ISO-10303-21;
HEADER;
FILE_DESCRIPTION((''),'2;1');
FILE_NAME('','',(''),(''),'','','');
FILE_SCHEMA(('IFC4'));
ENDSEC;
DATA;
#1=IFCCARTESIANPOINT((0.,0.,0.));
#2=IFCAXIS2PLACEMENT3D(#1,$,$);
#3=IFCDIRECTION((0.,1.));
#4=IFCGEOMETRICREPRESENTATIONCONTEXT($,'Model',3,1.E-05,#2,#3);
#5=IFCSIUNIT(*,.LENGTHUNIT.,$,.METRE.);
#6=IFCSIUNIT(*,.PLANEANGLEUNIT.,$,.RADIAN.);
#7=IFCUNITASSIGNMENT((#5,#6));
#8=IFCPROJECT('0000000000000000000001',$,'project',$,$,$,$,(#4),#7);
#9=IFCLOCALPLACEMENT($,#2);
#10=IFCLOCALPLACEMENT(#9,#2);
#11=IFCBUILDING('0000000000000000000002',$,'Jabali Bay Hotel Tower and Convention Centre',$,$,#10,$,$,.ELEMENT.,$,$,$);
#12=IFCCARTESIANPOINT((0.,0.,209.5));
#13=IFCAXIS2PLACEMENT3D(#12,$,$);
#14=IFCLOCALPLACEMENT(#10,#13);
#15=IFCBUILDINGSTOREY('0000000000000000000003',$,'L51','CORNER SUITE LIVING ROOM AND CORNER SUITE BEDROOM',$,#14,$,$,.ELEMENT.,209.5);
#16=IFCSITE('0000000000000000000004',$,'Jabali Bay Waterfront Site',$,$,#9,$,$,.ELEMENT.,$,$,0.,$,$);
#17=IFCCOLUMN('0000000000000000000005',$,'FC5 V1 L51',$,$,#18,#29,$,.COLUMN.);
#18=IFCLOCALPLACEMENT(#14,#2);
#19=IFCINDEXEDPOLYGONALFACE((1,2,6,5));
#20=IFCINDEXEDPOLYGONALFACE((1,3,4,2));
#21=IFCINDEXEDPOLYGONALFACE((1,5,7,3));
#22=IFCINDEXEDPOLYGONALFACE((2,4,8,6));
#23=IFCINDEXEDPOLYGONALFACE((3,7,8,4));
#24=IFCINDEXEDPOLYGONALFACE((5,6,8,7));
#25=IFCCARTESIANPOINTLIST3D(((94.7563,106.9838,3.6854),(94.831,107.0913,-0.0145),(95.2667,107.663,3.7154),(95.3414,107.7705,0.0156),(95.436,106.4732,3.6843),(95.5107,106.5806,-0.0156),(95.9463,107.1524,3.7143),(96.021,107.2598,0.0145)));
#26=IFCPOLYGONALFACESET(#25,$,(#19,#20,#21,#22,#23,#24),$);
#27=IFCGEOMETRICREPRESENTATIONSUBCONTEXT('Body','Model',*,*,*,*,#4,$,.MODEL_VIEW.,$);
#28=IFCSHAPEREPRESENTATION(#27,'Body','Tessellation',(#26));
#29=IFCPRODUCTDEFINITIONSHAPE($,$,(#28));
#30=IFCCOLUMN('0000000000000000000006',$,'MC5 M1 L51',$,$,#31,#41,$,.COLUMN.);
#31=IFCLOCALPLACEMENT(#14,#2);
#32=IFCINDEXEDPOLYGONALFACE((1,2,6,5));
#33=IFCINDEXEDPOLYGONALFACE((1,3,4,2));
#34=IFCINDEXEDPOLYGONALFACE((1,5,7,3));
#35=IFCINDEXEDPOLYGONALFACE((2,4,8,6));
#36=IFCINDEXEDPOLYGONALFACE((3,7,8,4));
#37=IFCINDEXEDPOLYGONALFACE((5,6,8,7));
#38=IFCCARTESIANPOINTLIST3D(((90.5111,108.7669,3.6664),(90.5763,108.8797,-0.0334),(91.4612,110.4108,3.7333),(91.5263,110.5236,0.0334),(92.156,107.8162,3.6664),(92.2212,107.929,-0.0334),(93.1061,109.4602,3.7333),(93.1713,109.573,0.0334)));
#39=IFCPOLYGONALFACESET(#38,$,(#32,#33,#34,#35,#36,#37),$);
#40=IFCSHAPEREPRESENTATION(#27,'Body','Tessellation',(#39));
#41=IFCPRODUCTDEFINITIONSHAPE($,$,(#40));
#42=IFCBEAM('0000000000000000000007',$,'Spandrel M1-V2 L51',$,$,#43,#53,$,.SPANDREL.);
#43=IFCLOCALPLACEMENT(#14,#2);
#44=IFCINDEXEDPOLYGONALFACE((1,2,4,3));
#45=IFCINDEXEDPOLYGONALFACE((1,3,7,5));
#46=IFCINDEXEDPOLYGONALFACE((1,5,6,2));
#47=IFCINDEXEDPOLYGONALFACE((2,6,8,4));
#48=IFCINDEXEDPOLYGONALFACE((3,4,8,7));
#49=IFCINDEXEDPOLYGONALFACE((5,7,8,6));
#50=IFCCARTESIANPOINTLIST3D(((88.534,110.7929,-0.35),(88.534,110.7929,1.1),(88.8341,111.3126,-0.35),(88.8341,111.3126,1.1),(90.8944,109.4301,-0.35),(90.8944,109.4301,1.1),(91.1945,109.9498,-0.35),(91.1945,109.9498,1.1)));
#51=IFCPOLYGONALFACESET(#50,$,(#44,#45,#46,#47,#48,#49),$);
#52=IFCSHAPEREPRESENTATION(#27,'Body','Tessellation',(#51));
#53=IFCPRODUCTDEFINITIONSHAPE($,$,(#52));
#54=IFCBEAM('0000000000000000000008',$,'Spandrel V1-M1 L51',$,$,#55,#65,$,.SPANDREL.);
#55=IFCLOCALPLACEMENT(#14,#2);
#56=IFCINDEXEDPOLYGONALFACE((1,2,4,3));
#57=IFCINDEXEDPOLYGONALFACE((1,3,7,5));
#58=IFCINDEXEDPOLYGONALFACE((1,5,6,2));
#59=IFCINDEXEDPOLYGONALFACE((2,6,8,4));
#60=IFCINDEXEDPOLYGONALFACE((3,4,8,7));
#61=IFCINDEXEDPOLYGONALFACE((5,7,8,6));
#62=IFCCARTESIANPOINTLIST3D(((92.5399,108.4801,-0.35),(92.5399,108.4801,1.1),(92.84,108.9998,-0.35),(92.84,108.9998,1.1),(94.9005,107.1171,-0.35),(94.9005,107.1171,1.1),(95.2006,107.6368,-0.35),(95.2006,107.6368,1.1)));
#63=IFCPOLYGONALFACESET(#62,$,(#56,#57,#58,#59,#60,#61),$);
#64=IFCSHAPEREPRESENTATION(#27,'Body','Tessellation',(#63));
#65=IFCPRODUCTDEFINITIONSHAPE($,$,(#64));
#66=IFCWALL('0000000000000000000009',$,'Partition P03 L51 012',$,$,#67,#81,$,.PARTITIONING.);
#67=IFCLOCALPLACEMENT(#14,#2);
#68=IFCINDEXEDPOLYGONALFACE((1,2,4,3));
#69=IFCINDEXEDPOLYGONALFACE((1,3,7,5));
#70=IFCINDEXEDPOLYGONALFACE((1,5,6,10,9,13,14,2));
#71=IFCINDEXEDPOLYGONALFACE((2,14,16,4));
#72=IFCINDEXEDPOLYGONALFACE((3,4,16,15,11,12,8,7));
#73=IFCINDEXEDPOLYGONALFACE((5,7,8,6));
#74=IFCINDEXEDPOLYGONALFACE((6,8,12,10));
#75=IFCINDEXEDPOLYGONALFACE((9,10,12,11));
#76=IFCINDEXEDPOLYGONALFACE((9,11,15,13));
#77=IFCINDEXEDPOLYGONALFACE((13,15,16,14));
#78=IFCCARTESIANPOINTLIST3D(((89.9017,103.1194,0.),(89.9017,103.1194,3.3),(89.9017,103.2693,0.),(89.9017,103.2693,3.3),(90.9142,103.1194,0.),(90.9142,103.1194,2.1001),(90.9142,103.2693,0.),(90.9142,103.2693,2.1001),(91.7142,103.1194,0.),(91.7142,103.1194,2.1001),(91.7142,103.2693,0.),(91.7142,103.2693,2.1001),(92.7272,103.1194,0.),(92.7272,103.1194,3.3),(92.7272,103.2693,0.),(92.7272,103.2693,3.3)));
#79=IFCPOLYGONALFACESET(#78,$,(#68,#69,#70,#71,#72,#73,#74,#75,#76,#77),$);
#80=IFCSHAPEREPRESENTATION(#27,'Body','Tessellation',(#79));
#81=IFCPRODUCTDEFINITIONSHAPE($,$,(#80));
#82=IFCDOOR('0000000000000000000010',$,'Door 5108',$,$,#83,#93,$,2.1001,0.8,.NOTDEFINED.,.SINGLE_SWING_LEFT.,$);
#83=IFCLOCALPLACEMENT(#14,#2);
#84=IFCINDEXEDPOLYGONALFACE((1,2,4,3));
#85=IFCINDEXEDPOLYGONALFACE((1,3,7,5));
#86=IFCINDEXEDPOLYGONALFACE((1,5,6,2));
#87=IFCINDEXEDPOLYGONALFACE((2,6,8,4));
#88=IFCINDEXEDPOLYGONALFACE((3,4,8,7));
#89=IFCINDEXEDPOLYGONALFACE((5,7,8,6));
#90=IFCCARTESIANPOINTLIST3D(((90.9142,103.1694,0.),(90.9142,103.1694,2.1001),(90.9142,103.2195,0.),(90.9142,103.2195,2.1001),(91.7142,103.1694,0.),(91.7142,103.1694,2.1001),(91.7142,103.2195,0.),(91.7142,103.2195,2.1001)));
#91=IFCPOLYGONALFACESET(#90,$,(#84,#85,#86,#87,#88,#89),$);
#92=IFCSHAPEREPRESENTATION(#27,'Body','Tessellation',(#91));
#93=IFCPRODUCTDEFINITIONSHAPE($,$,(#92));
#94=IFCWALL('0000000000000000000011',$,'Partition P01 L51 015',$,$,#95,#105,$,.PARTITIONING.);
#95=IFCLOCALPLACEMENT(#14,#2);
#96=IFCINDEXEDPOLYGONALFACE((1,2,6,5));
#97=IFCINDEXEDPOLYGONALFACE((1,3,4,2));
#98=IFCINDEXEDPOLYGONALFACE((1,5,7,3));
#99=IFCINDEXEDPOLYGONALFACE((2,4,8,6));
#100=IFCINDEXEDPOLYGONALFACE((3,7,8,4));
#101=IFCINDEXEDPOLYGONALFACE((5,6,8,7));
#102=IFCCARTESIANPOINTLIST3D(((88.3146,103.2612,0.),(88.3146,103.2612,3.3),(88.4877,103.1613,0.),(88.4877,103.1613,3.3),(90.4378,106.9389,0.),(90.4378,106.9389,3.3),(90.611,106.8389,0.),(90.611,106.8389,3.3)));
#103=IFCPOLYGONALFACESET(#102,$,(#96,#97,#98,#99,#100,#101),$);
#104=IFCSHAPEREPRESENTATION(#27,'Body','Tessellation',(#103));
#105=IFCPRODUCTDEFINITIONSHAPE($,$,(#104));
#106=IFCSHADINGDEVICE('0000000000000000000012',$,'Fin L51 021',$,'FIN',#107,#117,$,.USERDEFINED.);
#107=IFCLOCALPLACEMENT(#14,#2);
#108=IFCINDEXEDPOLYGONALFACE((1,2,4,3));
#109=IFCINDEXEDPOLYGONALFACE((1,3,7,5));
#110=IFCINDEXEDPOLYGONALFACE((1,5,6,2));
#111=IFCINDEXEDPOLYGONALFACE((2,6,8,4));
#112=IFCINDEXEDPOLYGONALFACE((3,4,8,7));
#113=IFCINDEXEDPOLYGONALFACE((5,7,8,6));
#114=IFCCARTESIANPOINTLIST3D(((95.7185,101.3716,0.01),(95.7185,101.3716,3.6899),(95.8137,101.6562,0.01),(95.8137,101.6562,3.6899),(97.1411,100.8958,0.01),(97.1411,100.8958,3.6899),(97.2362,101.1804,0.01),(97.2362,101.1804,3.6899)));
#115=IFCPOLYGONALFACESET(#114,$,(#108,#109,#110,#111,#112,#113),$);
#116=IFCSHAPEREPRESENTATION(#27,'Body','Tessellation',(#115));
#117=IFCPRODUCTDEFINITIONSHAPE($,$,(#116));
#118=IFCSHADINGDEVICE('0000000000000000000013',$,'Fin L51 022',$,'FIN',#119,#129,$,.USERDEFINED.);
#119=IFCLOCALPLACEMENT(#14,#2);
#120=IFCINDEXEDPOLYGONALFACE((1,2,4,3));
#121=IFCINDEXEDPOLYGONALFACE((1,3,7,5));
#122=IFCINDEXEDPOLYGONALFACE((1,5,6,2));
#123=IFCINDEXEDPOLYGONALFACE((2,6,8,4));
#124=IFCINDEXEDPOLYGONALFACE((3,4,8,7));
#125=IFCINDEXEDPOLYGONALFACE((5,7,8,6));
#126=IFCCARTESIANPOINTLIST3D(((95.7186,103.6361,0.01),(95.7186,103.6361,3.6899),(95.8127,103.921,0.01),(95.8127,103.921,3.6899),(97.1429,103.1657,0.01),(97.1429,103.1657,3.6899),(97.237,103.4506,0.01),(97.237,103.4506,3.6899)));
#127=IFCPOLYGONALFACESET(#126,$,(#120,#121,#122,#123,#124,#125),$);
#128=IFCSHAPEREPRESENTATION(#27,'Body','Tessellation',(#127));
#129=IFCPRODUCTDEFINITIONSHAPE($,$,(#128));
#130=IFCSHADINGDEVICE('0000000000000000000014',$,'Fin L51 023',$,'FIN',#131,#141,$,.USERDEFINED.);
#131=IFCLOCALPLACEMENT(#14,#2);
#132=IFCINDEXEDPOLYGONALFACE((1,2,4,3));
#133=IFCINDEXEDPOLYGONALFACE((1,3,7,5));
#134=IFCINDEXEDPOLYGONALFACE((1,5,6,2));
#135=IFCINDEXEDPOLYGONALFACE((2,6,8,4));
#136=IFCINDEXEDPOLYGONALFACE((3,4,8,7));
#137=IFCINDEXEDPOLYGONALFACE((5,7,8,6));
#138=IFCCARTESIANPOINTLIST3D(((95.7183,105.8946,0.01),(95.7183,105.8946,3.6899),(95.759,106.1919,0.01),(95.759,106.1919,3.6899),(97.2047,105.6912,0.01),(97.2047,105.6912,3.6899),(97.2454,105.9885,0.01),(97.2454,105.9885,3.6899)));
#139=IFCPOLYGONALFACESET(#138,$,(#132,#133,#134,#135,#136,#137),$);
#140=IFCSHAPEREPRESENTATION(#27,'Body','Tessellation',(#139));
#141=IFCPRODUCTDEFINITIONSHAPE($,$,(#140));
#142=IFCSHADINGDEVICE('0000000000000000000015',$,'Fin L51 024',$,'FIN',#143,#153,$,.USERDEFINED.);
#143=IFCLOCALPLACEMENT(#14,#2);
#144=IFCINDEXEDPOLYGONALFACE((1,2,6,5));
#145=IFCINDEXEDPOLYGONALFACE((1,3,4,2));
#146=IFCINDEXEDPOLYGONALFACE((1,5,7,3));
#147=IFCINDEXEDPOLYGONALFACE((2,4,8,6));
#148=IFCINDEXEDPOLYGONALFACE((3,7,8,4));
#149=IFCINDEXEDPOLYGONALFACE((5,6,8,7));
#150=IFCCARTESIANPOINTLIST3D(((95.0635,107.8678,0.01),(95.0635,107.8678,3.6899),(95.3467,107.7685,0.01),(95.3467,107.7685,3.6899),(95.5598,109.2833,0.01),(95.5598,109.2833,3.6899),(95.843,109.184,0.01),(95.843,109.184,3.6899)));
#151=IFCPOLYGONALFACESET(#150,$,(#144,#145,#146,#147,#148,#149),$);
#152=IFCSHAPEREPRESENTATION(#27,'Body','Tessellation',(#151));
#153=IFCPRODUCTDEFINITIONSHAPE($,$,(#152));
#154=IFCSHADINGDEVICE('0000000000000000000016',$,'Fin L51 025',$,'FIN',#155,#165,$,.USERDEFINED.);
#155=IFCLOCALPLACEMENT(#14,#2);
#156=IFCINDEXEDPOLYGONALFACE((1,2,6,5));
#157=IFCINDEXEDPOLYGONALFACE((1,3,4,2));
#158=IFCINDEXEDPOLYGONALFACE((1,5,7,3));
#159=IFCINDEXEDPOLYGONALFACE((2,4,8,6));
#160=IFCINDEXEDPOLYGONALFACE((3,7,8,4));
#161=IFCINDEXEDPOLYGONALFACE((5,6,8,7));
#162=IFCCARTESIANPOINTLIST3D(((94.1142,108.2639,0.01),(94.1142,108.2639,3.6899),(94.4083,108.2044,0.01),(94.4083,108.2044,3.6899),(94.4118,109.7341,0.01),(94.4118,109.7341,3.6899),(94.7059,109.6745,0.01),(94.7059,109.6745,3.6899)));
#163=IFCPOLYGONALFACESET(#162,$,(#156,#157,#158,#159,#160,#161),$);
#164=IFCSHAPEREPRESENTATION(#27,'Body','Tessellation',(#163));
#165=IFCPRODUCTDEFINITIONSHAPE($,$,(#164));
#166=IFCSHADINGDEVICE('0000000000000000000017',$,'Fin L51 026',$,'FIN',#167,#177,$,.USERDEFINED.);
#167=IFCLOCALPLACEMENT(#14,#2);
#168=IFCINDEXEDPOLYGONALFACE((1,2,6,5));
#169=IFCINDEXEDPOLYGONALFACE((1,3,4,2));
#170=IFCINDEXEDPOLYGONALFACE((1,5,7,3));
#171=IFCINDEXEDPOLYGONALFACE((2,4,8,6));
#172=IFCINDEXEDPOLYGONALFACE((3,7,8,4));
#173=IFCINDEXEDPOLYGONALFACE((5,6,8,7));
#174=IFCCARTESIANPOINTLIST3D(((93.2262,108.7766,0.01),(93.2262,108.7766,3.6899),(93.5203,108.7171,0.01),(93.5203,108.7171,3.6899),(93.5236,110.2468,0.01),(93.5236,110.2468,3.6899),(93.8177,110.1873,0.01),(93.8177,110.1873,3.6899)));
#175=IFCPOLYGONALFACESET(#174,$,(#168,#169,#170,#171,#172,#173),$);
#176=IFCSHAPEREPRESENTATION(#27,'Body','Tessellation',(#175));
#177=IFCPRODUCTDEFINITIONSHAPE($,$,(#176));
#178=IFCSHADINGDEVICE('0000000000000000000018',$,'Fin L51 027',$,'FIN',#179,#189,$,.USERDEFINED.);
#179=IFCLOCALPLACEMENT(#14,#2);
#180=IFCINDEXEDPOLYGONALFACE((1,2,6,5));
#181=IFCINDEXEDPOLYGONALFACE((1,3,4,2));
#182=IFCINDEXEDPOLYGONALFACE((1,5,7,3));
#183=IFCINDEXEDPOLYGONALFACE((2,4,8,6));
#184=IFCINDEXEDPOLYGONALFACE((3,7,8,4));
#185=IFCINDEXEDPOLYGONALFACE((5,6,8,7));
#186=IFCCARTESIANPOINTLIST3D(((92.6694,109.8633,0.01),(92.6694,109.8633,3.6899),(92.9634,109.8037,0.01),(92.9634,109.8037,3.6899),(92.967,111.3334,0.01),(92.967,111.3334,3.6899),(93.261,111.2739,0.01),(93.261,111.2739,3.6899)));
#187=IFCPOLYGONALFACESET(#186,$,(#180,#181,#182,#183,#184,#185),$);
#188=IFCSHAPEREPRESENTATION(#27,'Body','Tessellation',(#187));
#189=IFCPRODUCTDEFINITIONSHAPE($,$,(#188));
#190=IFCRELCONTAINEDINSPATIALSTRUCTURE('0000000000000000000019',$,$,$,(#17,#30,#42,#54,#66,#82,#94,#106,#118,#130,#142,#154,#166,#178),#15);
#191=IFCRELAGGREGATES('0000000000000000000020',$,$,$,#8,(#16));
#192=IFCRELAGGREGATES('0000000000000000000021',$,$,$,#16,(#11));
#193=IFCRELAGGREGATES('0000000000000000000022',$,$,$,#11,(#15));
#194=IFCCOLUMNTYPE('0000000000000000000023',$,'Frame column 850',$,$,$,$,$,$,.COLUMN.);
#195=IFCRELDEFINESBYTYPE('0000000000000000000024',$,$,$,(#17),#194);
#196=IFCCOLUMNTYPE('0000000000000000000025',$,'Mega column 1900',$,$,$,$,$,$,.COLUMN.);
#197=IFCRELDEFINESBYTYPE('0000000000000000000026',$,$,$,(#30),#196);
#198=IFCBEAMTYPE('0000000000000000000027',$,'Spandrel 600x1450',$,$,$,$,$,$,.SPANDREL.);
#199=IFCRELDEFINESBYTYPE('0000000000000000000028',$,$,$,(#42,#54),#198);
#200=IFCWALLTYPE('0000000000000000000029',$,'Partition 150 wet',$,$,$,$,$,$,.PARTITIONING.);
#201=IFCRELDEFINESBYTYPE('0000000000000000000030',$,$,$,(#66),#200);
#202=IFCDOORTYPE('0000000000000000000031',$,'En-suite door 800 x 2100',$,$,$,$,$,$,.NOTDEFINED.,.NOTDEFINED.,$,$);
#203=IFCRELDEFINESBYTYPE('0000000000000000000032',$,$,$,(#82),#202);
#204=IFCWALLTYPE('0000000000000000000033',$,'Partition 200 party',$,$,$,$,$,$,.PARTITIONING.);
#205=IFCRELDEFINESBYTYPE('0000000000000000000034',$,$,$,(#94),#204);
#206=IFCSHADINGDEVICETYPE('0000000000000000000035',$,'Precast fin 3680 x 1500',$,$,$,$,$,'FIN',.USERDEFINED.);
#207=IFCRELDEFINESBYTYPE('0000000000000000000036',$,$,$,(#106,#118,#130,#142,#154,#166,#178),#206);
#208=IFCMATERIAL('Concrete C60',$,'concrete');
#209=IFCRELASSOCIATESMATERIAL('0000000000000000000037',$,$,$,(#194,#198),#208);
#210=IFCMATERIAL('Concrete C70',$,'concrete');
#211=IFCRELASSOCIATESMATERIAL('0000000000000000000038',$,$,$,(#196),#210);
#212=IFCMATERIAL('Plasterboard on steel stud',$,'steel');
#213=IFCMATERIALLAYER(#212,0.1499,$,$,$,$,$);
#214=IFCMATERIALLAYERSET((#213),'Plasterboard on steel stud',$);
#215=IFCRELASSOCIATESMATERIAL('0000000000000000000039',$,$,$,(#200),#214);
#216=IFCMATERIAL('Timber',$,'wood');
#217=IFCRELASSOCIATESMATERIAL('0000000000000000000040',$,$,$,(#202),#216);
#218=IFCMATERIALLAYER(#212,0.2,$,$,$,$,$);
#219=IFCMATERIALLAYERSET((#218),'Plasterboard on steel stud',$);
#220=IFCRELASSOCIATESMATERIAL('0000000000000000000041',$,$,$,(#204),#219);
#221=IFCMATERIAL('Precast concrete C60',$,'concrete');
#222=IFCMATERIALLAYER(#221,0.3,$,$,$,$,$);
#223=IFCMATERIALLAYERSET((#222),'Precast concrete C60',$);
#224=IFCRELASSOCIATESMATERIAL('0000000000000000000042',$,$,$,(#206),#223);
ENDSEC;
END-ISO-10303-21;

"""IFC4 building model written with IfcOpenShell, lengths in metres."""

from ifc_helpers import new_model, si_unit, direction, frame, frame_2d, origin, origin_2d, place, context, subcontext, project, spatial, rectangle, extrude, material, layer, layer_set, material_profile, profile_set, type_object, element, fill, save


model = new_model("IFC4")

# Units and contexts
model_context = context("Model", 3, precision=1e-05, world=origin(), true_north=direction((0.0, 1.0)))
body_context = subcontext(model_context, "Body", "Model", "MODEL_VIEW")
ifc_project = project(units=[si_unit("LENGTHUNIT", "METRE"), si_unit("PLANEANGLEUNIT", "RADIAN")], contexts=[model_context])

# Site, building, storey
site_placement = place(None, origin())
site = spatial("IfcSite", under=ifc_project, at=site_placement, Name="Jabali Bay Waterfront Site", CompositionType="ELEMENT", RefElevation=0.0)
building_placement = place(site_placement, origin())
building = spatial("IfcBuilding", under=site, at=building_placement, Name="Jabali Bay Hotel Tower and Convention Centre", CompositionType="ELEMENT")
storey_placement = place(building_placement, frame((0.0, 0.0, 209.5)))
storey = spatial("IfcBuildingStorey", under=building, at=storey_placement, Name="L51", Description="CORNER SUITE LIVING ROOM AND CORNER SUITE BEDROOM", CompositionType="ELEMENT", Elevation=209.5)

# Columns
ifc_material_1 = material(Name="Concrete C60", Category="concrete")
ifc_material_profile_1 = material_profile(ifc_material_1, rectangle(XDim=0.8501, YDim=0.8501, at=origin_2d()), Name="Frame column 850")
ifc_profile_set_1 = profile_set([ifc_material_profile_1], Name="Concrete C60")
column_type_1 = type_object("IfcColumnType", Name="Frame column 850", PredefinedType="COLUMN", material=ifc_profile_set_1)
column_1_placement = place(storey_placement, frame((95.426, 107.1755, 0.0), z_axis=(-0.020179, -0.029015, 0.999375), x_axis=(0.600354, 0.798954, 0.035318)))
element("IfcColumn", 1, at=column_1_placement, inside=storey, type_object=column_type_1, Name="FC5 V1 L51", PredefinedType="COLUMN", context=body_context, shape_type="SweptSolid", body=[
    extrude(rectangle(XDim=0.8501, YDim=0.8501, at=origin_2d()), origin(), (0.0, 0.0, 1.0), 3.7021),
])
ifc_material_2 = material(Name="Concrete C70", Category="concrete")
ifc_material_profile_2 = material_profile(ifc_material_2, rectangle(XDim=1.8999, YDim=1.8999, at=origin_2d()), Name="Mega column 1900")
ifc_profile_set_2 = profile_set([ifc_material_profile_2], Name="Concrete C70")
column_type_2 = type_object("IfcColumnType", Name="Mega column 1900", PredefinedType="COLUMN", material=ifc_profile_set_2)
column_2_placement = place(storey_placement, frame((91.8738, 109.2263, 0.0), z_axis=(-0.017607, -0.030466, 0.999381), x_axis=(0.865811, -0.500371, 0.0)))
element("IfcColumn", 2, at=column_2_placement, inside=storey, type_object=column_type_2, Name="MC5 M1 L51", PredefinedType="COLUMN", context=body_context, shape_type="SweptSolid", body=[
    extrude(rectangle(XDim=1.8999, YDim=1.8999, at=origin_2d()), origin(), (0.0, 0.0, 1.0), 3.7021),
])

# Beams
ifc_material_profile_3 = material_profile(ifc_material_1, rectangle(XDim=0.6001, YDim=1.45, at=origin_2d()), Name="Spandrel 600x1450")
ifc_profile_set_3 = profile_set([ifc_material_profile_3], Name="Concrete C60")
beam_type = type_object("IfcBeamType", Name="Spandrel 600x1450", PredefinedType="SPANDREL", material=ifc_profile_set_3)
beam_1_placement = place(storey_placement, frame((91.0444, 109.6899, 0.375), z_axis=(-0.866019, 0.500012, 0.0), x_axis=(-0.500012, -0.866019, 0.0)))
element("IfcBeam", 3, at=beam_1_placement, inside=storey, type_object=beam_type, Name="Spandrel M1-V2 L51", PredefinedType="SPANDREL", context=body_context, shape_type="SweptSolid", body=[
    extrude(rectangle(XDim=0.6001, YDim=1.45, at=origin_2d()), origin(), (0.0, 0.0, 1.0), 2.7256),
])
beam_2_placement = place(storey_placement, frame((95.0505, 107.377, 0.375), z_axis=(-0.866002, 0.50004, 0.0), x_axis=(-0.50004, -0.866002, 0.0)))
element("IfcBeam", 4, at=beam_2_placement, inside=storey, type_object=beam_type, Name="Spandrel V1-M1 L51", PredefinedType="SPANDREL", context=body_context, shape_type="SweptSolid", body=[
    extrude(rectangle(XDim=0.6001, YDim=1.45, at=origin_2d()), origin(), (0.0, 0.0, 1.0), 2.7258),
])

# Wall, opening, door
ifc_material_3 = material(Name="Plasterboard on steel stud", Category="steel")
ifc_layer_1 = layer(ifc_material_3, 0.1499)
ifc_layer_set_1 = layer_set([ifc_layer_1], Name="Plasterboard on steel stud")
wall_type_1 = type_object("IfcWallType", Name="Partition 150 wet", PredefinedType="PARTITIONING", material=ifc_layer_set_1)
wall_1_placement = place(storey_placement, frame((92.7271, 103.1943, 0.0), z_axis=(0.0, 0.0, 1.0), x_axis=(-1.0, 0.0, 0.0)))
wall_1 = element("IfcWall", 5, at=wall_1_placement, inside=storey, type_object=wall_type_1, Name="Partition P03 L51 012", PredefinedType="PARTITIONING", context=body_context, shape_type="SweptSolid", body=[
    extrude(rectangle(XDim=2.8254, YDim=0.1499, at=frame_2d((1.4126, 0.0))), origin(), (0.0, 0.0, 1.0), 3.3),
])
opening_1_placement = place(wall_1_placement, frame((1.0129, 0.0, 0.0)))
opening_1 = element("IfcOpeningElement", 6, at=opening_1_placement, cuts=wall_1, PredefinedType="OPENING", context=body_context, shape_type="SweptSolid", body=[
    extrude(rectangle(XDim=0.8, YDim=2.1001, at=frame_2d((0.3999, 1.05))), frame((0.0, 0.0854, 0.0), z_axis=(0.0, -1.0, 0.0), x_axis=(1.0, 0.0, 0.0)), (0.0, 0.0, 1.0), 0.1709),
])
ifc_material_4 = material(Name="Timber", Category="wood")
door_type_1 = type_object("IfcDoorType", Name="En-suite door 800 x 2100", OperationType="NOTDEFINED", PredefinedType="NOTDEFINED", material=ifc_material_4)
door_1_placement = place(opening_1_placement, origin())
door_1 = element("IfcDoor", 7, at=door_1_placement, inside=storey, type_object=door_type_1, Name="Door 5108", OperationType="SINGLE_SWING_LEFT", OverallHeight=2.1001, OverallWidth=0.8, PredefinedType="NOTDEFINED", context=body_context, shape_type="SweptSolid", body=[
    extrude(rectangle(XDim=0.8, YDim=2.1001, at=frame_2d((0.3999, 1.05))), frame((0.0, 0.0249, 0.0), z_axis=(0.0, -1.0, 0.0), x_axis=(1.0, 0.0, 0.0)), (0.0, 0.0, 1.0), 0.05),
])
fill(opening_1, door_1)

# Wall
ifc_layer_2 = layer(ifc_material_3, 0.2)
ifc_layer_set_2 = layer_set([ifc_layer_2], Name="Plasterboard on steel stud")
wall_type_2 = type_object("IfcWallType", Name="Partition 200 party", PredefinedType="PARTITIONING", material=ifc_layer_set_2)
wall_2_placement = place(storey_placement, frame((90.5244, 106.8889, 0.0), z_axis=(0.0, 0.0, 1.0), x_axis=(-0.499991, -0.86603, 0.0)))
element("IfcWall", 8, at=wall_2_placement, inside=storey, type_object=wall_type_2, Name="Partition P01 L51 015", PredefinedType="PARTITIONING", context=body_context, shape_type="SweptSolid", body=[
    extrude(rectangle(XDim=4.2466, YDim=0.2, at=frame_2d((2.1233, 0.0))), origin(), (0.0, 0.0, 1.0), 3.3),
])

# Shading devices
ifc_material_5 = material(Name="Precast concrete C60", Category="concrete")
ifc_layer_3 = layer(ifc_material_5, 0.3)
ifc_layer_set_3 = layer_set([ifc_layer_3], Name="Precast concrete C60")
shading_device_type = type_object("IfcShadingDeviceType", Name="Precast fin 3680 x 1500", ElementType="FIN", PredefinedType="USERDEFINED", material=ifc_layer_set_3)
for number, where, z_axis, x_axis, name in (
    (9, (95.7661, 101.5139, 0.01), (0.0, 0.0, 1.0), (0.948357, -0.317204, 0.0), "Fin L51 021"),
    (10, (95.7656, 103.7786, 0.01), (0.0, 0.0, 1.0), (0.949542, -0.313639, 0.0), "Fin L51 022"),
):
    element("IfcShadingDevice", number, at=place(storey_placement, frame(where, z_axis=z_axis, x_axis=x_axis)), inside=storey, type_object=shading_device_type, Name=name, ObjectType="FIN", PredefinedType="USERDEFINED", context=body_context, shape_type="SweptSolid", body=[
        extrude(rectangle(XDim=1.5, YDim=0.3, at=frame_2d((0.75, 0.0))), origin(), (0.0, 0.0, 1.0), 3.6799),
    ])
shading_device_placement = place(storey_placement, frame((95.7388, 106.0432, 0.01), z_axis=(0.0, 0.0, 1.0), x_axis=(0.990769, -0.135563, 0.0)))
element("IfcShadingDevice", 11, at=shading_device_placement, inside=storey, type_object=shading_device_type, Name="Fin L51 023", ObjectType="FIN", PredefinedType="USERDEFINED", context=body_context, shape_type="SweptSolid", body=[
    extrude(rectangle(XDim=1.5002, YDim=0.3, at=frame_2d((0.75, 0.0))), origin(), (0.0, 0.0, 1.0), 3.6799),
])
for number, where, z_axis, x_axis, name in (
    (12, (95.2051, 107.8181, 0.01), (0.0, 0.0, 1.0), (0.330887, 0.94367, 0.0), "Fin L51 024"),
    (13, (94.2612, 108.2341, 0.01), (0.0, 0.0, 1.0), (0.1984, 0.980121, 0.0), "Fin L51 025"),
    (14, (93.3733, 108.7468, 0.01), (0.0, 0.0, 1.0), (0.198244, 0.980153, 0.0), "Fin L51 026"),
    (15, (92.8164, 109.8335, 0.01), (0.0, 0.0, 1.0), (0.1984, 0.980121, 0.0), "Fin L51 027"),
):
    element("IfcShadingDevice", number, at=place(storey_placement, frame(where, z_axis=z_axis, x_axis=x_axis)), inside=storey, type_object=shading_device_type, Name=name, ObjectType="FIN", PredefinedType="USERDEFINED", context=body_context, shape_type="SweptSolid", body=[
        extrude(rectangle(XDim=1.5, YDim=0.3, at=frame_2d((0.75, 0.0))), origin(), (0.0, 0.0, 1.0), 3.6799),
    ])

save(model, "model.ifc")
